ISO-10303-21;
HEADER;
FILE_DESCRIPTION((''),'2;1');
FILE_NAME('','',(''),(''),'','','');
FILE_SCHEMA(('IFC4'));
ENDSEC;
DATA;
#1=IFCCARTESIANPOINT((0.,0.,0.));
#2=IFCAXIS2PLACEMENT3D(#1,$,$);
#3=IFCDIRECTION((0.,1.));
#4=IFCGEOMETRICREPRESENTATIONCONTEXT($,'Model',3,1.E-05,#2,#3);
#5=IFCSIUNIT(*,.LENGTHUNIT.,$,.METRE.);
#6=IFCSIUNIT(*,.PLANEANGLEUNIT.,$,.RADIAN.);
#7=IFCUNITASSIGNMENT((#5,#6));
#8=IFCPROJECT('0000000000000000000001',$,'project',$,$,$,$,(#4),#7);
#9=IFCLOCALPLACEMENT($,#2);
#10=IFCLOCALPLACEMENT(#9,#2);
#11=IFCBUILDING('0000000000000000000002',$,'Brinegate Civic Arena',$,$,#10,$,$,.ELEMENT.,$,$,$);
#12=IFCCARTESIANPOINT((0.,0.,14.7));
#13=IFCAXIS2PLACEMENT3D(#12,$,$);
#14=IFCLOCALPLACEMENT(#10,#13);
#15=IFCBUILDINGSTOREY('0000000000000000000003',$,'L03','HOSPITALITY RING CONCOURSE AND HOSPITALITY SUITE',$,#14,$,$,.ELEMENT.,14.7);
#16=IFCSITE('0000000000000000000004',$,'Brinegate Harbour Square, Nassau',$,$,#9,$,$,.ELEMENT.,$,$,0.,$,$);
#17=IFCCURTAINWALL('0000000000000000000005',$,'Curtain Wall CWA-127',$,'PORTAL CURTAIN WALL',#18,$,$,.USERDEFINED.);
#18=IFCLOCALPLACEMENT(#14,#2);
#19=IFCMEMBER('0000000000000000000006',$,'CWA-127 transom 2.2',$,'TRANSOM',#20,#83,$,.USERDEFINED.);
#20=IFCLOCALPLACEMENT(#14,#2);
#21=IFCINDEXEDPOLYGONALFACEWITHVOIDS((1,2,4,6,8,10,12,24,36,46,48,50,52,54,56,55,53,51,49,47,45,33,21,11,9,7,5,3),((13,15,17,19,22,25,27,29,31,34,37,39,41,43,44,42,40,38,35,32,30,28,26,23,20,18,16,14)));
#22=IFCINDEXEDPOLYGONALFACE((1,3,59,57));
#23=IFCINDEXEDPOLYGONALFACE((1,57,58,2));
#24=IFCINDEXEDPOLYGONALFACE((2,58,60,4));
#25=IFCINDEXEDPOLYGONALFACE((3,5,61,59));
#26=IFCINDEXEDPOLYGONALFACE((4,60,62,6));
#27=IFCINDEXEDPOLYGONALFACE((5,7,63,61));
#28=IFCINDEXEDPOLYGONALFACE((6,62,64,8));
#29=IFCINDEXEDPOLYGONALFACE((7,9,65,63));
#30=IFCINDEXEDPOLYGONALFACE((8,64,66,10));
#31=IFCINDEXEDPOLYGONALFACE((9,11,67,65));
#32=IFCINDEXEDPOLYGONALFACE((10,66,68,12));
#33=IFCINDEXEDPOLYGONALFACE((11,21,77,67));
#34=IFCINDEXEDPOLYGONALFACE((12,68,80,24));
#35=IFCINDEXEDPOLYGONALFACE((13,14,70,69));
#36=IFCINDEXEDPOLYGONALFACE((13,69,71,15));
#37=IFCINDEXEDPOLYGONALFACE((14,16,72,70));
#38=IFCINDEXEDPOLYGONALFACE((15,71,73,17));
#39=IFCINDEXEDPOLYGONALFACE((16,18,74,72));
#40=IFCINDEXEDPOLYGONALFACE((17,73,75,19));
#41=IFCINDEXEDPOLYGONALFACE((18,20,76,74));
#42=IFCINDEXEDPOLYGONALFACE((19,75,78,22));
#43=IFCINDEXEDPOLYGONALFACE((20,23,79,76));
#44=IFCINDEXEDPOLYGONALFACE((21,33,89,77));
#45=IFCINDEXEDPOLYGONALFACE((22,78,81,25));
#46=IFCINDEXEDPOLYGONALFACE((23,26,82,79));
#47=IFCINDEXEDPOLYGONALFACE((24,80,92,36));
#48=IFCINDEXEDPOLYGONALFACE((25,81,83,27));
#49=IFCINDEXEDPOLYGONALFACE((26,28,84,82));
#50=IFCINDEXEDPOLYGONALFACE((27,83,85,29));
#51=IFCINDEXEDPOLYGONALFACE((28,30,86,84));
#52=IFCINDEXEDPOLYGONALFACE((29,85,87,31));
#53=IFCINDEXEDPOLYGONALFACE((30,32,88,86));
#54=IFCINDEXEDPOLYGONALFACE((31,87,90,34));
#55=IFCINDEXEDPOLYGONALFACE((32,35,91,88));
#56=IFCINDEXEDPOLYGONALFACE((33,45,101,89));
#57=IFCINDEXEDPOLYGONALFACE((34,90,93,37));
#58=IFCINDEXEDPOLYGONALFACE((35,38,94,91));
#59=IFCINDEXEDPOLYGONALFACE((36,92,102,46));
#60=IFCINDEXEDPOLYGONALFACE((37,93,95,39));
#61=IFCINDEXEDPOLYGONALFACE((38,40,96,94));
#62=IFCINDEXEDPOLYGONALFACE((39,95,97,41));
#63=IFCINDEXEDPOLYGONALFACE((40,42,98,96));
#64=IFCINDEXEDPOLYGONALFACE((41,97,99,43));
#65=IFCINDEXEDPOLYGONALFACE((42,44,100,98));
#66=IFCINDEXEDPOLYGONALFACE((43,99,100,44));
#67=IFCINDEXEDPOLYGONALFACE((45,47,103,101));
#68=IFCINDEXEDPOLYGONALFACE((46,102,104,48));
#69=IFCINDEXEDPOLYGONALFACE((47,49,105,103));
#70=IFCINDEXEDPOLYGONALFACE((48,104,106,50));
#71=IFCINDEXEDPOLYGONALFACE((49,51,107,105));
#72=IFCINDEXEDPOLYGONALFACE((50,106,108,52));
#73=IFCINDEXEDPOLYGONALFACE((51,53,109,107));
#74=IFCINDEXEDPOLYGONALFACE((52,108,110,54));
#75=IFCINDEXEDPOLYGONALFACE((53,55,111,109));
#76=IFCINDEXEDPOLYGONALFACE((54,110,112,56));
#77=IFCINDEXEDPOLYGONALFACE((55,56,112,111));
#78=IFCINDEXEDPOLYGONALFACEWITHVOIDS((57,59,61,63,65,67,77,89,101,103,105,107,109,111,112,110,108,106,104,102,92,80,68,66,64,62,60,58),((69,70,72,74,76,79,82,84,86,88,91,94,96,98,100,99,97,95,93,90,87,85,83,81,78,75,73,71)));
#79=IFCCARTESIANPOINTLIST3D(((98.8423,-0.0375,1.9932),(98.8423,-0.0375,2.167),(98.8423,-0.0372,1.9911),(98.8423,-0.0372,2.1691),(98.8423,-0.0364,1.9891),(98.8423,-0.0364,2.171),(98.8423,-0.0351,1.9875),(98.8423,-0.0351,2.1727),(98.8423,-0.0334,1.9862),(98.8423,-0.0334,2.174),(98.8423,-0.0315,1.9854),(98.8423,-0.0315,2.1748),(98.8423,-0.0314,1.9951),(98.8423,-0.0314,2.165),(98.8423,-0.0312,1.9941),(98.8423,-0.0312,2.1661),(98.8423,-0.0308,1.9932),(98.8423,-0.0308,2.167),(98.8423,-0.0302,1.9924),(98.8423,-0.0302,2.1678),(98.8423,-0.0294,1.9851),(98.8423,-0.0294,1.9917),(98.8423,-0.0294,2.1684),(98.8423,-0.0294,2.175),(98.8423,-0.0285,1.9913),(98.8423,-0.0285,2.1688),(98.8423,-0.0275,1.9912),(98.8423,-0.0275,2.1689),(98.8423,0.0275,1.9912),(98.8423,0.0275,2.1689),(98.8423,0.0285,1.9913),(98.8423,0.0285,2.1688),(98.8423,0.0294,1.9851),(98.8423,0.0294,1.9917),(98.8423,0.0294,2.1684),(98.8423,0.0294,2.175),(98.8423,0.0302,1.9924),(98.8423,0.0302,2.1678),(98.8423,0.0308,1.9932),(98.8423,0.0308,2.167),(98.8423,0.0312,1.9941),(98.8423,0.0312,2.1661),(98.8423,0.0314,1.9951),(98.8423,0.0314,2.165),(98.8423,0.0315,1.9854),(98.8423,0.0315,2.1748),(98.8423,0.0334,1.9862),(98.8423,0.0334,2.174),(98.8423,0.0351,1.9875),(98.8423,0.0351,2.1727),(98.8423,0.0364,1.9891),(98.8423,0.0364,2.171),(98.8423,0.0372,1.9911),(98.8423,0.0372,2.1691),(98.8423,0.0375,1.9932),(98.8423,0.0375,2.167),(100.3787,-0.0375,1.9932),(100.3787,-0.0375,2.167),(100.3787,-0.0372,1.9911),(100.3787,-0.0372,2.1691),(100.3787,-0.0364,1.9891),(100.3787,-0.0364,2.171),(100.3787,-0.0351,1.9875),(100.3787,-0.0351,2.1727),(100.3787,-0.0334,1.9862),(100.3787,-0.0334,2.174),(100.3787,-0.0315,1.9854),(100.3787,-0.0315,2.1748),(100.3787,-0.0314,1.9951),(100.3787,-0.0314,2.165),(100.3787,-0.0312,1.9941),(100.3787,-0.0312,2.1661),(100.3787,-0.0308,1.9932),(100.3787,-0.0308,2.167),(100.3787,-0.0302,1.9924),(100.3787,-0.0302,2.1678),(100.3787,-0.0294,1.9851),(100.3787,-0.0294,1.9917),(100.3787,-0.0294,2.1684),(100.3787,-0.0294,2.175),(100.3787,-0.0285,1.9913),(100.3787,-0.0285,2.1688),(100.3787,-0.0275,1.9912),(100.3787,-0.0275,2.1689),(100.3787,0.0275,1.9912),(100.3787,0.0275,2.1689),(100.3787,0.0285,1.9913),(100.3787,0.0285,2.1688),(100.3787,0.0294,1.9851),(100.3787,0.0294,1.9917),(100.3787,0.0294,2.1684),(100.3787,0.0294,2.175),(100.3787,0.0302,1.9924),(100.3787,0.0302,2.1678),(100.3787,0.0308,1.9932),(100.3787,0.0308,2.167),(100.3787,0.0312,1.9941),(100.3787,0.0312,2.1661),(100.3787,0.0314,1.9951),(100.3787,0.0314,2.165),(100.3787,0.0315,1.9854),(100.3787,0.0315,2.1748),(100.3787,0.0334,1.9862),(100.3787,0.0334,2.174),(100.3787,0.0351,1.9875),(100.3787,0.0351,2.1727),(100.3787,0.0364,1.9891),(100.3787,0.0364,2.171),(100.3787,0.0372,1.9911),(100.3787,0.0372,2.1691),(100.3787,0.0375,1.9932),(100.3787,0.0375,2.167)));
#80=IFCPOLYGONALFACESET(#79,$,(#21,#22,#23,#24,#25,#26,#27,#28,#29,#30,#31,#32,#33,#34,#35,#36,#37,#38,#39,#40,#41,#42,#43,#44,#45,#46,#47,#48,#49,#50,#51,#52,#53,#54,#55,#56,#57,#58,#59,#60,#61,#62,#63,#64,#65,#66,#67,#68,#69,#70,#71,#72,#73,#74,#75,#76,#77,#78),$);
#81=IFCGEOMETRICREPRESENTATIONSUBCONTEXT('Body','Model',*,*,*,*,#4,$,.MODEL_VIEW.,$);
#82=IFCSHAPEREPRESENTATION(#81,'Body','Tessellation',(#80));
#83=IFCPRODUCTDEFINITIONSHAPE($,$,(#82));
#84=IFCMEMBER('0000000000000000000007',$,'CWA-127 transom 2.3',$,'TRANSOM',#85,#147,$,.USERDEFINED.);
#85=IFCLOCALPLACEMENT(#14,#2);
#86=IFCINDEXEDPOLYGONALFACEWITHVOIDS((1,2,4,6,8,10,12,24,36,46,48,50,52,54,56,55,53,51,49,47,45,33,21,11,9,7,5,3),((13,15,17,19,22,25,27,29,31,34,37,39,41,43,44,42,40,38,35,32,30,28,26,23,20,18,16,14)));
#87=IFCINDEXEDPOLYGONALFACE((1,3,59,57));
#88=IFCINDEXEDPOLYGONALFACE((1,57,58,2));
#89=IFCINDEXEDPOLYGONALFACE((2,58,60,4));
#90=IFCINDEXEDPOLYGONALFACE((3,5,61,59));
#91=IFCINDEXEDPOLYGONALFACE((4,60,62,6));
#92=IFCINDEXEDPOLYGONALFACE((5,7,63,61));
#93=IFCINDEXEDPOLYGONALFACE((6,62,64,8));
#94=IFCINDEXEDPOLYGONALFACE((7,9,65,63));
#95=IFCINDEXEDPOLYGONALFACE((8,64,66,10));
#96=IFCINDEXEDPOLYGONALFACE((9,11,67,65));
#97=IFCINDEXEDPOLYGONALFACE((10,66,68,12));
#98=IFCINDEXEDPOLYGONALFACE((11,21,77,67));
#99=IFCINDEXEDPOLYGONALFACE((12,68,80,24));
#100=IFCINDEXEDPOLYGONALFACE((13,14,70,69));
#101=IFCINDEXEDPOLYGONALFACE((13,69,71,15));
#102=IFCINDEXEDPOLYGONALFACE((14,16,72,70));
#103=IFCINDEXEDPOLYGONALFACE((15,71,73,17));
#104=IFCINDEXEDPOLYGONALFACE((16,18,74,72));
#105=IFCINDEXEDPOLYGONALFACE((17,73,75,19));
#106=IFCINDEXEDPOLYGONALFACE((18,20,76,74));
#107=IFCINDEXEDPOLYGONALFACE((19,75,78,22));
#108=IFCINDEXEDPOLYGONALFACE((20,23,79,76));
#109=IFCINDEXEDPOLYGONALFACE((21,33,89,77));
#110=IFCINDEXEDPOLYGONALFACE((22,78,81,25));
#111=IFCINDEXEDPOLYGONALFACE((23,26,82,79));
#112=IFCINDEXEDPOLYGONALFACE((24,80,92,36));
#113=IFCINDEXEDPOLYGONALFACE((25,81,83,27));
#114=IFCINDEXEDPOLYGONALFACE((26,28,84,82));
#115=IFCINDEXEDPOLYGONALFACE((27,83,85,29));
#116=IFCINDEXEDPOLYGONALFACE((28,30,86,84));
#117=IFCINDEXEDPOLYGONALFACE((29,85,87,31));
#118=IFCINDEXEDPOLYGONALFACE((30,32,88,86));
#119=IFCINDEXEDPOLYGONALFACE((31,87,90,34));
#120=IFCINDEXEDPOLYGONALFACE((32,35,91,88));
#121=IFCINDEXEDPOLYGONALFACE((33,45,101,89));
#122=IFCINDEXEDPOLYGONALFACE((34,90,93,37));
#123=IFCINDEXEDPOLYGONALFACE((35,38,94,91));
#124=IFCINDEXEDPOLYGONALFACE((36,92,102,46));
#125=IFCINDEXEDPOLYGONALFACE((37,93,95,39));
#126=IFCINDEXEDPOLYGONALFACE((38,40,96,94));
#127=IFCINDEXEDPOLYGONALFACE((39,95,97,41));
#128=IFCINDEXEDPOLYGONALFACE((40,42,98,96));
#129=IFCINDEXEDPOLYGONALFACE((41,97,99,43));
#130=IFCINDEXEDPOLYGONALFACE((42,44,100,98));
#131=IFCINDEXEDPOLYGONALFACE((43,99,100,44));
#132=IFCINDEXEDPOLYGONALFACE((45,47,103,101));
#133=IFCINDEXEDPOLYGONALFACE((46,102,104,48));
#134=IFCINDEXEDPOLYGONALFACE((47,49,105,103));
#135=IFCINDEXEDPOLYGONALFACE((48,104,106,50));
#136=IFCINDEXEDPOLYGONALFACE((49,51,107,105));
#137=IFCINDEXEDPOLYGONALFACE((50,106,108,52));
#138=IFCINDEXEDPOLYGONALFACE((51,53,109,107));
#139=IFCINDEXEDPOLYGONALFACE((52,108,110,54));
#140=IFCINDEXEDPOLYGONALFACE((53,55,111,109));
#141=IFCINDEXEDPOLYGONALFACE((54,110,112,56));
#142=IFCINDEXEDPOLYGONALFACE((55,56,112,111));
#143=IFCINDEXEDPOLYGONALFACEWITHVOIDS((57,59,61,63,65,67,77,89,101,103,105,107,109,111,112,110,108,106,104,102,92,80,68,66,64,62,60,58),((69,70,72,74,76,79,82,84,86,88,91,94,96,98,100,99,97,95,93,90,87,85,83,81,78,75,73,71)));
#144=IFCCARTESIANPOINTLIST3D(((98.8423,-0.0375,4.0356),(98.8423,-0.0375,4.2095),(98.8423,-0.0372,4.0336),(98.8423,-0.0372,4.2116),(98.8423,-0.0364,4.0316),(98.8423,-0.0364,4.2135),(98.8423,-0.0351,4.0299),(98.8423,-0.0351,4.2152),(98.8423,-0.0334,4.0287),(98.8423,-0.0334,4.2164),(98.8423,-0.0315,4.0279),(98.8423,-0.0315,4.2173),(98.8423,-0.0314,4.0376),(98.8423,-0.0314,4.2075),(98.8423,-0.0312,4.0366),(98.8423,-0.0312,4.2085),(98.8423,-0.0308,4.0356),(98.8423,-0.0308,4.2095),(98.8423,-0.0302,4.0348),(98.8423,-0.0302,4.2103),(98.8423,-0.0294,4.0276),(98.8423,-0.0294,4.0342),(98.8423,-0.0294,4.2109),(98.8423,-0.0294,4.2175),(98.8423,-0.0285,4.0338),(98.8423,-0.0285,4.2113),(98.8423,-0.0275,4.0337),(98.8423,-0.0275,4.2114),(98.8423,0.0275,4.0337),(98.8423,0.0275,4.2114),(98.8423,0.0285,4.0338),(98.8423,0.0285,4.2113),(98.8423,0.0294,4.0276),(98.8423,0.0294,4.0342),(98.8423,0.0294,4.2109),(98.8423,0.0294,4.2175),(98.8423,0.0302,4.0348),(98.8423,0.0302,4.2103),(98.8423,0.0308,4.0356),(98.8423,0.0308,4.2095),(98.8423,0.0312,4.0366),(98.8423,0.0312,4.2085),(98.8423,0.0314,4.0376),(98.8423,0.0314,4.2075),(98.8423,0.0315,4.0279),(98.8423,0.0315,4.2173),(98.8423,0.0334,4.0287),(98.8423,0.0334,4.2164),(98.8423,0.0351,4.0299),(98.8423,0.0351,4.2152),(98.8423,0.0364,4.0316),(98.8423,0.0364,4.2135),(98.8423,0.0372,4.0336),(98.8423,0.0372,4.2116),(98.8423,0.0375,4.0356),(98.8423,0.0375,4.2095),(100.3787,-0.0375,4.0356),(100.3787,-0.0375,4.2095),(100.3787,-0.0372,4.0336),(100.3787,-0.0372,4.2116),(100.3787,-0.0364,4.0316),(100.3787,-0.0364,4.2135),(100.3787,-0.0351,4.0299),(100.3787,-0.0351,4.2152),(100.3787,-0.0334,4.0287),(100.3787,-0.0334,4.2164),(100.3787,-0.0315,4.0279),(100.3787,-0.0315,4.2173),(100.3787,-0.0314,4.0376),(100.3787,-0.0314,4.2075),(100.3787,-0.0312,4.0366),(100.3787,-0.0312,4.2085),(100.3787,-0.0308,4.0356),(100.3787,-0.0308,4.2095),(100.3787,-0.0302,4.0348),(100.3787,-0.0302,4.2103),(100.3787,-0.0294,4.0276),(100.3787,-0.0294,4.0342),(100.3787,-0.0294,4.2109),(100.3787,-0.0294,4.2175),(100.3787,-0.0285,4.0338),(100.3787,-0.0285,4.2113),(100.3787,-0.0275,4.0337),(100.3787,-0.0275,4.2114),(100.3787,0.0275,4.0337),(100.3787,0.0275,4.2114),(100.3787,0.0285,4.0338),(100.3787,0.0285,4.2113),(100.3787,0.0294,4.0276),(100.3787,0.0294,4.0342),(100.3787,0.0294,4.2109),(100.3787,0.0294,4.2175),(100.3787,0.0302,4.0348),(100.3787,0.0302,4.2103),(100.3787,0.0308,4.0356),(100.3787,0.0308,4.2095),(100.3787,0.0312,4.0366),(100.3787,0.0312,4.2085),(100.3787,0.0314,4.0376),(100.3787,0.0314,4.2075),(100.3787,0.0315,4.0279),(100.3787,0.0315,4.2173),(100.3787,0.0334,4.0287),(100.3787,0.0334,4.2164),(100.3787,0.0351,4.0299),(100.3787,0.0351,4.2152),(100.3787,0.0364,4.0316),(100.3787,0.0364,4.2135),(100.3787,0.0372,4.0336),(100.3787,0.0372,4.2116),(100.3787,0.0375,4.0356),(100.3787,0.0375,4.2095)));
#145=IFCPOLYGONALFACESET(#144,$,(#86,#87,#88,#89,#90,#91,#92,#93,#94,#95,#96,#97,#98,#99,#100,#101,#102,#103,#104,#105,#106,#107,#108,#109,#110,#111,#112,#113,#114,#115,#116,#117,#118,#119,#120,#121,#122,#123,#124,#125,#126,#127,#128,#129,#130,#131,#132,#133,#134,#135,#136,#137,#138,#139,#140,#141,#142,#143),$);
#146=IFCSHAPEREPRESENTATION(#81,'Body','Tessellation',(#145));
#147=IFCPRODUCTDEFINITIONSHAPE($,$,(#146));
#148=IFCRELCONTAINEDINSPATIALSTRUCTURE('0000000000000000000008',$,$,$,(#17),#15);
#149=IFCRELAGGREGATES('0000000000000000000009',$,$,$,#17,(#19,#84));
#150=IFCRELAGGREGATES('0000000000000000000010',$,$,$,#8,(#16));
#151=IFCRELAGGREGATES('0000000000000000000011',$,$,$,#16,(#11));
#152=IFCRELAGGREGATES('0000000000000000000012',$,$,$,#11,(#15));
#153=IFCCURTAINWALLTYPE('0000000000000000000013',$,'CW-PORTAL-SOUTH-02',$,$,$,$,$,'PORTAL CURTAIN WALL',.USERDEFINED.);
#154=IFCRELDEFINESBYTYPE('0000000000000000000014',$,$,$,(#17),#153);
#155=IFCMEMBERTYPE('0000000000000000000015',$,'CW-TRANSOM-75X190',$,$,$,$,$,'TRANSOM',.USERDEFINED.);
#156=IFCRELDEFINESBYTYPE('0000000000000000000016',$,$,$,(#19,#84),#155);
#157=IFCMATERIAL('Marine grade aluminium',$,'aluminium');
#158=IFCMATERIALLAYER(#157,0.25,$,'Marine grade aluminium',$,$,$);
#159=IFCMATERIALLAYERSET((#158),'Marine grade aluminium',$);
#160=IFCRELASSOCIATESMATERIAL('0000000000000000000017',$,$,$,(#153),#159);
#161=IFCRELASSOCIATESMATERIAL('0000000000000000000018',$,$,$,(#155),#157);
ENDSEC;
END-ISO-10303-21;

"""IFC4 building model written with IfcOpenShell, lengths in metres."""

from ifc_helpers import new_model, si_unit, direction, frame, origin, origin_2d, place, context, subcontext, project, spatial, hollow_rectangle, extrude, material, layer, layer_set, material_profile, profile_set, type_object, element, aggregate, save


model = new_model("IFC4")

# Units and contexts
model_context = context("Model", 3, precision=1e-05, world=origin(), true_north=direction((0.0, 1.0)))
body_context = subcontext(model_context, "Body", "Model", "MODEL_VIEW")
ifc_project = project(units=[si_unit("LENGTHUNIT", "METRE"), si_unit("PLANEANGLEUNIT", "RADIAN")], contexts=[model_context])

# Site, building, storey
site_placement = place(None, origin())
site = spatial("IfcSite", under=ifc_project, at=site_placement, Name="Brinegate Harbour Square, Nassau", CompositionType="ELEMENT", RefElevation=0.0)
building_placement = place(site_placement, origin())
building = spatial("IfcBuilding", under=site, at=building_placement, Name="Brinegate Civic Arena", CompositionType="ELEMENT")
storey_placement = place(building_placement, frame((0.0, 0.0, 14.7)))
storey = spatial("IfcBuildingStorey", under=building, at=storey_placement, Name="L03", Description="HOSPITALITY RING CONCOURSE AND HOSPITALITY SUITE", CompositionType="ELEMENT", Elevation=14.7)

# Curtain wall, members
ifc_material_1 = material(Name="Marine grade aluminium", Category="aluminium")
ifc_layer_1 = layer(ifc_material_1, 0.25, Name="Marine grade aluminium")
ifc_layer_set_1 = layer_set([ifc_layer_1], Name="Marine grade aluminium")
curtain_wall_type = type_object("IfcCurtainWallType", Name="CW-PORTAL-SOUTH-02", ElementType="PORTAL CURTAIN WALL", PredefinedType="USERDEFINED", material=ifc_layer_set_1)
curtain_wall_placement = place(storey_placement, origin())
curtain_wall = element("IfcCurtainWall", 1, at=curtain_wall_placement, inside=storey, type_object=curtain_wall_type, Name="Curtain Wall CWA-127", ObjectType="PORTAL CURTAIN WALL", PredefinedType="USERDEFINED")
ifc_material_profile_1 = material_profile(ifc_material_1, hollow_rectangle(XDim=0.075, YDim=0.1899, WallThickness=0.0061, InnerFilletRadius=0.0039, OuterFilletRadius=0.0081, at=origin_2d()), Name="TRN75X190")
ifc_profile_set_1 = profile_set([ifc_material_profile_1], Name="Marine grade aluminium")
member_type_1 = type_object("IfcMemberType", Name="CW-TRANSOM-75X190", ElementType="TRANSOM", PredefinedType="USERDEFINED", material=ifc_profile_set_1)
member_1_placement = place(storey_placement, frame((98.8423, 0.0, 2.0801), z_axis=(1.0, 0.0, 0.0), x_axis=(0.0, 1.0, 0.0)))
member_1 = element("IfcMember", 2, at=member_1_placement, type_object=member_type_1, Name="CWA-127 transom 2.2", ObjectType="TRANSOM", PredefinedType="USERDEFINED", context=body_context, shape_type="SweptSolid", body=[
    extrude(hollow_rectangle(XDim=0.075, YDim=0.1899, WallThickness=0.0061, InnerFilletRadius=0.0039, OuterFilletRadius=0.0081, at=origin_2d()), origin(), (0.0, 0.0, 1.0), 1.5364),
])
member_2_placement = place(storey_placement, frame((98.8423, 0.0, 4.1226), z_axis=(1.0, 0.0, 0.0), x_axis=(0.0, 1.0, 0.0)))
member_2 = element("IfcMember", 3, at=member_2_placement, type_object=member_type_1, Name="CWA-127 transom 2.3", ObjectType="TRANSOM", PredefinedType="USERDEFINED", context=body_context, shape_type="SweptSolid", body=[
    extrude(hollow_rectangle(XDim=0.075, YDim=0.1899, WallThickness=0.0061, InnerFilletRadius=0.0039, OuterFilletRadius=0.0081, at=origin_2d()), origin(), (0.0, 0.0, 1.0), 1.5364),
])
aggregate(curtain_wall, [member_1, member_2])

save(model, "model.ifc")
